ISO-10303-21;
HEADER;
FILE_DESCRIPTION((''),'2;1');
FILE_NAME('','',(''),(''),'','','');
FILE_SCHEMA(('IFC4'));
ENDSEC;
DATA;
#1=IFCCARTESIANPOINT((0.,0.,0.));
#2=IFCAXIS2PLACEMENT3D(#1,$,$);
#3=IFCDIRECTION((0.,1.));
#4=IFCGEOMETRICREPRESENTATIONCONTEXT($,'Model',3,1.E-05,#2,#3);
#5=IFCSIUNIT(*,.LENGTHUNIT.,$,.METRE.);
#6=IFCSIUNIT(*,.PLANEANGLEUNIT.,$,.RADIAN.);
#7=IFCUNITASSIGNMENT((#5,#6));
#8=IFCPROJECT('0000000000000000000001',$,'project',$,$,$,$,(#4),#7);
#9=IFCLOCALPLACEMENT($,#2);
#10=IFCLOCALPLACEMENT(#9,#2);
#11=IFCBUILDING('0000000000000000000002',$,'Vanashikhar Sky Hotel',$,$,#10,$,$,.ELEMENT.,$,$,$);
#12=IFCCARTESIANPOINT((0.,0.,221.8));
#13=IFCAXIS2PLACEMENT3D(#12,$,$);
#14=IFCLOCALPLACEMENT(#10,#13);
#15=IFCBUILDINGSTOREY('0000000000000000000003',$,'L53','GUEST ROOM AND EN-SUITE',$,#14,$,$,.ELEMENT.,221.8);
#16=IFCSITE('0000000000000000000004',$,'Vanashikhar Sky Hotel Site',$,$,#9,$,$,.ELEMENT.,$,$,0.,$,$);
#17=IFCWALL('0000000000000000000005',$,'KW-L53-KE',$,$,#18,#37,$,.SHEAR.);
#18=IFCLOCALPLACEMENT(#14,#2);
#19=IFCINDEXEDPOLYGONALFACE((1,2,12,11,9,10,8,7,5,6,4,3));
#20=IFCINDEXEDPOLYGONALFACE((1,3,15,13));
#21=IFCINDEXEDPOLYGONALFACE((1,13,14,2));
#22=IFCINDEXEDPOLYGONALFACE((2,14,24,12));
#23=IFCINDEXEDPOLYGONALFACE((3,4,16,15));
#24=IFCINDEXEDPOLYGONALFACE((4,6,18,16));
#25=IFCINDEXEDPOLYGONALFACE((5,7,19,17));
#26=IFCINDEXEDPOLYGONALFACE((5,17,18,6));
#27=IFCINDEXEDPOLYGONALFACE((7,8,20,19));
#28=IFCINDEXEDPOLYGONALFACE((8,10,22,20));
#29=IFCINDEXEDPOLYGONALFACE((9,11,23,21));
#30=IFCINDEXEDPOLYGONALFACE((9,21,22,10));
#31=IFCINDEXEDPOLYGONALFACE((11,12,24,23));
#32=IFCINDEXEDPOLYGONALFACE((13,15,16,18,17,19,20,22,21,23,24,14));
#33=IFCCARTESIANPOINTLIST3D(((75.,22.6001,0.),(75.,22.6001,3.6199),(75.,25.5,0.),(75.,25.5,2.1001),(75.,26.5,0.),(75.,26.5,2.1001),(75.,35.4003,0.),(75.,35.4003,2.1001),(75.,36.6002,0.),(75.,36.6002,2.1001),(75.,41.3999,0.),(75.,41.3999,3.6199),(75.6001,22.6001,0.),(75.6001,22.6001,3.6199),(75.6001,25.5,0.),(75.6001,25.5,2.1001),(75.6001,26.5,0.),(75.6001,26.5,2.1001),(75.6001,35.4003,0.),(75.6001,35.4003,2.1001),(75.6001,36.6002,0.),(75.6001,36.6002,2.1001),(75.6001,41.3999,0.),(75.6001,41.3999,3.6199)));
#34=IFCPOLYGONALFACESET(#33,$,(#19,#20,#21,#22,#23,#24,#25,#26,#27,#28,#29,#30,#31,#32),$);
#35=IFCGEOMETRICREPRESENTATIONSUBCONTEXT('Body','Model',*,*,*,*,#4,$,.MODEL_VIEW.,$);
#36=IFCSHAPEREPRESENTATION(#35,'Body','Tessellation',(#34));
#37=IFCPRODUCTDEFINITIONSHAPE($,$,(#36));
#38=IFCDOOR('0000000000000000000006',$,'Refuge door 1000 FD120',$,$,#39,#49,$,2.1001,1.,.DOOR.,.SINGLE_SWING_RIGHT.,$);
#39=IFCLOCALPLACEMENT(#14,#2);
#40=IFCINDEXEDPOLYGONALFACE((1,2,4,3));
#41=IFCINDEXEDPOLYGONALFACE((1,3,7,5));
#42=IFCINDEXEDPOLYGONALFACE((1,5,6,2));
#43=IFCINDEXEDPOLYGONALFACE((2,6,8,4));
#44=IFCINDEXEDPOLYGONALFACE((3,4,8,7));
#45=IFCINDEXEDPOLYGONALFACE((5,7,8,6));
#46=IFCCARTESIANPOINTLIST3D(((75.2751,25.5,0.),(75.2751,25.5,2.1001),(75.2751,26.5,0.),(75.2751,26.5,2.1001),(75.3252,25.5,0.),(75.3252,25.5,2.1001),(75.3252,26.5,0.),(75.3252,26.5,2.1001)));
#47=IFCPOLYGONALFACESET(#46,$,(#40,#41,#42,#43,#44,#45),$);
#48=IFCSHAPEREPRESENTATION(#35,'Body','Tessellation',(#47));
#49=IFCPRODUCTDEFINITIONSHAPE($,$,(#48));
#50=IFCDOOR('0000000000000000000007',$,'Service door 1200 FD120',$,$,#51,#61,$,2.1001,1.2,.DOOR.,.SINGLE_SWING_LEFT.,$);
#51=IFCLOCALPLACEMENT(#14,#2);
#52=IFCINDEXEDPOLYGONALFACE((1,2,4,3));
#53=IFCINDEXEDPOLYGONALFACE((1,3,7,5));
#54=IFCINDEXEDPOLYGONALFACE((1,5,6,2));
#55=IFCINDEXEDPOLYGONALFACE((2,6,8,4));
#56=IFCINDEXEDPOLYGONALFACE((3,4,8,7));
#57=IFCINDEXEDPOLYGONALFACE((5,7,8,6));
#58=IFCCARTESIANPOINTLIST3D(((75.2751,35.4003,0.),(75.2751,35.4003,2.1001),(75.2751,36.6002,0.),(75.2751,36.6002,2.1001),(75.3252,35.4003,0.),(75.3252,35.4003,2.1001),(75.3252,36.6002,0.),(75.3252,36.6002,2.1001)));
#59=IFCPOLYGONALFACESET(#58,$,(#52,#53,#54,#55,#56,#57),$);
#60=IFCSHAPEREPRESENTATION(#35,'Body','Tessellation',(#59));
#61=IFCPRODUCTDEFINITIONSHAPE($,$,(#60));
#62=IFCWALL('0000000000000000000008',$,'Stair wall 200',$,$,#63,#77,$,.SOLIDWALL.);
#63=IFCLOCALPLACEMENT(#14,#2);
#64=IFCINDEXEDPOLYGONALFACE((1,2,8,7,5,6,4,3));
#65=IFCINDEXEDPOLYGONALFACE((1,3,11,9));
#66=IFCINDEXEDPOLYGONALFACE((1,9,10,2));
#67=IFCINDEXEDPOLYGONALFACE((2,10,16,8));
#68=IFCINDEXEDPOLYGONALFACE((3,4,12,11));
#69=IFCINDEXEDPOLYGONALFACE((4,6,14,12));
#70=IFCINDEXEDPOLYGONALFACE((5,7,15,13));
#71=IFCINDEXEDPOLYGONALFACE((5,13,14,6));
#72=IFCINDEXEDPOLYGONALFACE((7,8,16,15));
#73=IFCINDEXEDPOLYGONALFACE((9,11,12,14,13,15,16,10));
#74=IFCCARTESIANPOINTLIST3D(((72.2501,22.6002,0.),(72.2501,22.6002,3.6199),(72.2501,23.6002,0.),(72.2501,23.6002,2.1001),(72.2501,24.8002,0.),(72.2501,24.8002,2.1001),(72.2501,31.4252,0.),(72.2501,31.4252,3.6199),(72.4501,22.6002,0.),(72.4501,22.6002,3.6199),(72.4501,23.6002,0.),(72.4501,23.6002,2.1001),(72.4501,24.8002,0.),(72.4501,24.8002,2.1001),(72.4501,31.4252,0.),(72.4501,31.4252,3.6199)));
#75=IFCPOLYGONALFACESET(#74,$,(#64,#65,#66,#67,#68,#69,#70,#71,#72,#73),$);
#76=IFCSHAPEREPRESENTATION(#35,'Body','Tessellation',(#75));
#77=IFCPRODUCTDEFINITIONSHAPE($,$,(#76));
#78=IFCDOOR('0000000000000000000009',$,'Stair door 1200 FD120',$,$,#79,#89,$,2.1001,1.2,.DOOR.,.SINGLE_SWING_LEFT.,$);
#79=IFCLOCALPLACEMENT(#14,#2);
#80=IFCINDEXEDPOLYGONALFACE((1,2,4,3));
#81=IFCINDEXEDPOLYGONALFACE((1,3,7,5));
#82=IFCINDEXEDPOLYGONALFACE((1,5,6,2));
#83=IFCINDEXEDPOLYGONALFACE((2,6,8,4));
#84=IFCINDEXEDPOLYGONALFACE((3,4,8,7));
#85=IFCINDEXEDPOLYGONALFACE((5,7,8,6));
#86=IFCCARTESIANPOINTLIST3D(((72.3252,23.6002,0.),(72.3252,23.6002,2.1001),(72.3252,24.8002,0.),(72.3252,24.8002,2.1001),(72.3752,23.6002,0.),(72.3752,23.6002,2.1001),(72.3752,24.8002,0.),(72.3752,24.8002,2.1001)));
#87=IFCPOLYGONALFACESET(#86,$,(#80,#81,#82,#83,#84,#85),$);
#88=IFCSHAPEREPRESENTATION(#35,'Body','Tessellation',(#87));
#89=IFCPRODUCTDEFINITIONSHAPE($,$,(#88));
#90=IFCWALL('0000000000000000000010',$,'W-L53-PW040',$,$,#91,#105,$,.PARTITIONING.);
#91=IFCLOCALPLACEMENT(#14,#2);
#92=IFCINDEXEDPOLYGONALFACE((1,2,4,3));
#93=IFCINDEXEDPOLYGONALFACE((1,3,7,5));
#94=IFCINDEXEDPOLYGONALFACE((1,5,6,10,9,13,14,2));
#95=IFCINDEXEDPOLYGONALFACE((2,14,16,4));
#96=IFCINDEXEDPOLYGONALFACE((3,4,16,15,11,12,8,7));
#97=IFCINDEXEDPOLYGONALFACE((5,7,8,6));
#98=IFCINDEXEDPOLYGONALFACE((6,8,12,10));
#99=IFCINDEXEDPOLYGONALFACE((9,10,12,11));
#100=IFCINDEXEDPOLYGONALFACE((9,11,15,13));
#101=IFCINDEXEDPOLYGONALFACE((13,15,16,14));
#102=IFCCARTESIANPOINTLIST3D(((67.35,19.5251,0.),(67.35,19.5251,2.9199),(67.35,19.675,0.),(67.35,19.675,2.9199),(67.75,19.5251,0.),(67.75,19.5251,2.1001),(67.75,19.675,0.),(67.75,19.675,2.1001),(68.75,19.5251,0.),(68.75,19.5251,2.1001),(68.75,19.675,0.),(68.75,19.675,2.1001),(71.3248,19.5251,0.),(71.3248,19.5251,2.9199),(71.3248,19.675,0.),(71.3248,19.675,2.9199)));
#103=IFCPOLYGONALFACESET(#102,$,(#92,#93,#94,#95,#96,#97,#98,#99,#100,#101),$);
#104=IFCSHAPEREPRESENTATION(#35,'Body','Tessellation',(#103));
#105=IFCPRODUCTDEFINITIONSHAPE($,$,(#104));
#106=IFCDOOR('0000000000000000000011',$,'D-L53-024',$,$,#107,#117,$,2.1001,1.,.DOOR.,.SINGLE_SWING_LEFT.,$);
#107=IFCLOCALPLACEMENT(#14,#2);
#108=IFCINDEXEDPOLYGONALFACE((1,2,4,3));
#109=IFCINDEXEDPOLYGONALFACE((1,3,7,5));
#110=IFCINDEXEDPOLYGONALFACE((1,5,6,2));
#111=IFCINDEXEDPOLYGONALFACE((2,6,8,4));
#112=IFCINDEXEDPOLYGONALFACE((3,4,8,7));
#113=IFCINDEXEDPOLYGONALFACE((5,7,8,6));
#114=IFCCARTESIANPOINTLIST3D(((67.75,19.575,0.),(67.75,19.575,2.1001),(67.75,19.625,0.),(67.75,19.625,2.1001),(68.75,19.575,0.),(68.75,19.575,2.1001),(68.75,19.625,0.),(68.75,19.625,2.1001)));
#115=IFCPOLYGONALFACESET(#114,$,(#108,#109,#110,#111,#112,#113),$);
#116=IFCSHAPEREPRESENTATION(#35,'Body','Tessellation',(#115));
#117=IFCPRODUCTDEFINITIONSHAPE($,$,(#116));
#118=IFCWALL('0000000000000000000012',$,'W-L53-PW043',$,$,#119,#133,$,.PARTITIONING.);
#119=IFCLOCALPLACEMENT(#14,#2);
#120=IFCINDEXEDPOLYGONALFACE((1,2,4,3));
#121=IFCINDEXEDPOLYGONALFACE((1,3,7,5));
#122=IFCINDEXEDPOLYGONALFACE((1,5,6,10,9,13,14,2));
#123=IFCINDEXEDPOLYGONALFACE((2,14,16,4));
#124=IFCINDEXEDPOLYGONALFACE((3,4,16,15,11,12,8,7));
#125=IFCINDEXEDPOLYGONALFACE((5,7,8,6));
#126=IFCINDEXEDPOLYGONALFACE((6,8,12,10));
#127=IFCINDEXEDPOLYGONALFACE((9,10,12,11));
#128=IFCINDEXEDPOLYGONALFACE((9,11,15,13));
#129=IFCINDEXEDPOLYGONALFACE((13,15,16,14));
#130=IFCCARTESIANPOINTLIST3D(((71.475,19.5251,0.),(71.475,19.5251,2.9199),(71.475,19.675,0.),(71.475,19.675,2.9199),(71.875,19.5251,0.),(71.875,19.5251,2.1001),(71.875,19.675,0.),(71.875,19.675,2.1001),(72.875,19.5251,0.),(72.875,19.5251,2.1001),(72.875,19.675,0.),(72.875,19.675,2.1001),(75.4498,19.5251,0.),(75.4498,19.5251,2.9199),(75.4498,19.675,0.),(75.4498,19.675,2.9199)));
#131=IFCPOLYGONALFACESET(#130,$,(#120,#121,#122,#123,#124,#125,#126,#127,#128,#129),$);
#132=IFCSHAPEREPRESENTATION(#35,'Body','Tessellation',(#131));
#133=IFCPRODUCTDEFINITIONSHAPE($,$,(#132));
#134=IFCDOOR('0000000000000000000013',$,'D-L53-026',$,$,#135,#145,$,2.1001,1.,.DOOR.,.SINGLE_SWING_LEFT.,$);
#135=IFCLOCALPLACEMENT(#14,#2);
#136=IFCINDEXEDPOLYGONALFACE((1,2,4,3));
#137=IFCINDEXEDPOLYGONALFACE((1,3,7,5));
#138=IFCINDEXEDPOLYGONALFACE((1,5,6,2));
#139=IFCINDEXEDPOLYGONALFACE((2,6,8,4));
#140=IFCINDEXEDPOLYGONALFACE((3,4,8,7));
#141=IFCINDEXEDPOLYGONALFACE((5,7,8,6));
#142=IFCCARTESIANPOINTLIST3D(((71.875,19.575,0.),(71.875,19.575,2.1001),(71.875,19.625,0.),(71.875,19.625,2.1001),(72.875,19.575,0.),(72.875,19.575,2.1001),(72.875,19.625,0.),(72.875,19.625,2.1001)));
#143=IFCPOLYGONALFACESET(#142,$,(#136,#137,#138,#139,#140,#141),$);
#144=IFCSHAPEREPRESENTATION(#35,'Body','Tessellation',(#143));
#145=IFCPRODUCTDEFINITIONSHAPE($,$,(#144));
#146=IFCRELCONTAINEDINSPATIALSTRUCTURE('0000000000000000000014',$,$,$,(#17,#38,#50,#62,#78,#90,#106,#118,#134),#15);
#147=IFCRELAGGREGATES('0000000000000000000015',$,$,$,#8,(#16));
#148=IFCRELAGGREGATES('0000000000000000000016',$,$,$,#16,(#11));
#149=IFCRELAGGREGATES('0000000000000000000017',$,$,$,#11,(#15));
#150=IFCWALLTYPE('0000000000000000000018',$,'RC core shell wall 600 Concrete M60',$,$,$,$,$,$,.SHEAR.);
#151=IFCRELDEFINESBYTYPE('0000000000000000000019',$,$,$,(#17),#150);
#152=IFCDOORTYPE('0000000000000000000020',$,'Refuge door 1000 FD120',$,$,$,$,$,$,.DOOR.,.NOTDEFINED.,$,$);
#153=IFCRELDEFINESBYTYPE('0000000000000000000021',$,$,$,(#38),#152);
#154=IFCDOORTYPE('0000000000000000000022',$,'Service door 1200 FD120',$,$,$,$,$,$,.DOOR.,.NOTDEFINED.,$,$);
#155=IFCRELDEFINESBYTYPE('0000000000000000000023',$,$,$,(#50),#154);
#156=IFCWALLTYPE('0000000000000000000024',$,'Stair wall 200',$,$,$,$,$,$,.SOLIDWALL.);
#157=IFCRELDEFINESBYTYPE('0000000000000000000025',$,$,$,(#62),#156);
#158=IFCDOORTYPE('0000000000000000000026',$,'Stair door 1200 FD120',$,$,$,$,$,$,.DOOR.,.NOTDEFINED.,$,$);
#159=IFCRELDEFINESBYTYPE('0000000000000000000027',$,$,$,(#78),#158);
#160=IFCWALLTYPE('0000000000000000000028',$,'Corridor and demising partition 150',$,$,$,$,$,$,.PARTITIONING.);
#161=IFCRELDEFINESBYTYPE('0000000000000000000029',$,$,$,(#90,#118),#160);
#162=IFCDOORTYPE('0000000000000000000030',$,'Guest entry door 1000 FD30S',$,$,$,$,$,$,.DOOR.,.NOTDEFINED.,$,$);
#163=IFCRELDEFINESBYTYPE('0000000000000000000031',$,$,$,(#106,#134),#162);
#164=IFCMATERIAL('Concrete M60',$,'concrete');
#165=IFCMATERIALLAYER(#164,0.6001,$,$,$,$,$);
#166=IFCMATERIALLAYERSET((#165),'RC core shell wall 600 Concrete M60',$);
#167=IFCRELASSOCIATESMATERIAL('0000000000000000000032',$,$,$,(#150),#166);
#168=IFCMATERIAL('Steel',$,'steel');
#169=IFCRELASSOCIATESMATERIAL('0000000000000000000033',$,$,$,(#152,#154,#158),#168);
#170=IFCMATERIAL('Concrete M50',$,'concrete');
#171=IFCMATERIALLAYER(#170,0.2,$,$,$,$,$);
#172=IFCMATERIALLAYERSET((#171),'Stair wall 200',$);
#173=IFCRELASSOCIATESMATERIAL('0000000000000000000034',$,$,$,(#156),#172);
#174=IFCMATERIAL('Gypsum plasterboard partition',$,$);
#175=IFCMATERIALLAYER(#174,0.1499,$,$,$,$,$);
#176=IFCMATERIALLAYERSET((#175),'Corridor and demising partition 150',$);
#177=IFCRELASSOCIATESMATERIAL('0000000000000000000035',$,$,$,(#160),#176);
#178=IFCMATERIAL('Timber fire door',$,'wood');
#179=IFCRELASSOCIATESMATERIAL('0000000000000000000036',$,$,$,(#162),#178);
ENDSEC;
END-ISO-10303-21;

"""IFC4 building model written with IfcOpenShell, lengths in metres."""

from ifc_helpers import new_model, si_unit, direction, frame, frame_2d, origin, place, context, subcontext, project, spatial, rectangle, extrude, source, transform, mapped, material, layer, layer_set, type_object, element, fill, save


model = new_model("IFC4")

# Units and contexts
model_context = context("Model", 3, precision=1e-05, world=origin(), true_north=direction((0.0, 1.0)))
body_context = subcontext(model_context, "Body", "Model", "MODEL_VIEW")
ifc_project = project(units=[si_unit("LENGTHUNIT", "METRE"), si_unit("PLANEANGLEUNIT", "RADIAN")], contexts=[model_context])

# Site, building, storey
site_placement = place(None, origin())
site = spatial("IfcSite", under=ifc_project, at=site_placement, Name="Vanashikhar Sky Hotel Site", CompositionType="ELEMENT", RefElevation=0.0)
building_placement = place(site_placement, origin())
building = spatial("IfcBuilding", under=site, at=building_placement, Name="Vanashikhar Sky Hotel", CompositionType="ELEMENT")
storey_placement = place(building_placement, frame((0.0, 0.0, 221.8)))
storey = spatial("IfcBuildingStorey", under=building, at=storey_placement, Name="L53", Description="GUEST ROOM AND EN-SUITE", CompositionType="ELEMENT", Elevation=221.8)

# Wall, openings, doors
ifc_material_1 = material(Name="Concrete M60", Category="concrete")
ifc_layer_1 = layer(ifc_material_1, 0.6001)
ifc_layer_set_1 = layer_set([ifc_layer_1], Name="RC core shell wall 600 Concrete M60")
wall_type_1 = type_object("IfcWallType", Name="RC core shell wall 600 Concrete M60", PredefinedType="SHEAR", material=ifc_layer_set_1)
shared_shape_1 = source(origin(), body_context, "Body", "SweptSolid", [
    extrude(rectangle(XDim=18.7998, YDim=0.6001, at=frame_2d((9.3999, 0.0))), origin(), (0.0, 0.0, 1.0), 3.6199),
])
wall_1_placement = place(storey_placement, frame((75.3, 22.6001, 0.0), z_axis=(0.0, 0.0, 1.0), x_axis=(0.0, 1.0, 0.0)))
wall_1 = element("IfcWall", 1, at=wall_1_placement, inside=storey, type_object=wall_type_1, Name="KW-L53-KE", PredefinedType="SHEAR", context=body_context, shape_type="MappedRepresentation", body=[
    mapped(shared_shape_1, transform((0.0, 0.0, 0.0), scale=1.0)),
])
shared_shape_2 = source(origin(), body_context, "Body", "SweptSolid", [
    extrude(rectangle(XDim=1.0, YDim=2.1001, at=frame_2d((0.5, 1.05))), frame((0.0, 0.3101, 0.0), z_axis=(0.0, -1.0, 0.0), x_axis=(1.0, 0.0, 0.0)), (0.0, 0.0, 1.0), 0.6201),
])
opening_1_placement = place(wall_1_placement, frame((2.8999, 0.0, 0.0)))
opening_1 = element("IfcOpeningElement", 2, at=opening_1_placement, cuts=wall_1, PredefinedType="OPENING", context=body_context, shape_type="MappedRepresentation", body=[
    mapped(shared_shape_2, transform((0.0, 0.0, 0.0), scale=1.0)),
])
shared_shape_3 = source(origin(), body_context, "Body", "SweptSolid", [
    extrude(rectangle(XDim=1.2, YDim=2.1001, at=frame_2d((0.6001, 1.05))), frame((0.0, 0.3101, 0.0), z_axis=(0.0, -1.0, 0.0), x_axis=(1.0, 0.0, 0.0)), (0.0, 0.0, 1.0), 0.6201),
])
opening_2_placement = place(wall_1_placement, frame((12.8, 0.0, 0.0)))
opening_2 = element("IfcOpeningElement", 3, at=opening_2_placement, cuts=wall_1, PredefinedType="OPENING", context=body_context, shape_type="MappedRepresentation", body=[
    mapped(shared_shape_3, transform((0.0, 0.0, 0.0), scale=1.0)),
])
ifc_material_2 = material(Name="Steel", Category="steel")
door_type_1 = type_object("IfcDoorType", Name="Refuge door 1000 FD120", OperationType="NOTDEFINED", PredefinedType="DOOR", material=ifc_material_2)
shared_shape_4 = source(origin(), body_context, "Body", "SweptSolid", [
    extrude(rectangle(XDim=1.0, YDim=2.1001, at=frame_2d((0.5, 1.05))), frame((0.0, 0.0249, 0.0), z_axis=(0.0, -1.0, 0.0), x_axis=(1.0, 0.0, 0.0)), (0.0, 0.0, 1.0), 0.05),
])
door_1_placement = place(opening_1_placement, origin())
door_1 = element("IfcDoor", 4, at=door_1_placement, inside=storey, type_object=door_type_1, Name="Refuge door 1000 FD120", OperationType="SINGLE_SWING_RIGHT", OverallHeight=2.1001, OverallWidth=1.0, PredefinedType="DOOR", context=body_context, shape_type="MappedRepresentation", body=[
    mapped(shared_shape_4, transform((0.0, 0.0, 0.0), scale=1.0)),
])
fill(opening_1, door_1)
door_type_2 = type_object("IfcDoorType", Name="Service door 1200 FD120", OperationType="NOTDEFINED", PredefinedType="DOOR", material=ifc_material_2)
shared_shape_5 = source(origin(), body_context, "Body", "SweptSolid", [
    extrude(rectangle(XDim=1.2, YDim=2.1001, at=frame_2d((0.6001, 1.05))), frame((0.0, 0.0249, 0.0), z_axis=(0.0, -1.0, 0.0), x_axis=(1.0, 0.0, 0.0)), (0.0, 0.0, 1.0), 0.05),
])
door_2_placement = place(opening_2_placement, origin())
door_2 = element("IfcDoor", 5, at=door_2_placement, inside=storey, type_object=door_type_2, Name="Service door 1200 FD120", OperationType="SINGLE_SWING_LEFT", OverallHeight=2.1001, OverallWidth=1.2, PredefinedType="DOOR", context=body_context, shape_type="MappedRepresentation", body=[
    mapped(shared_shape_5, transform((0.0, 0.0, 0.0), scale=1.0)),
])
fill(opening_2, door_2)

# Walls, openings, doors
ifc_material_3 = material(Name="Concrete M50", Category="concrete")
ifc_layer_2 = layer(ifc_material_3, 0.2)
ifc_layer_set_2 = layer_set([ifc_layer_2], Name="Stair wall 200")
wall_type_2 = type_object("IfcWallType", Name="Stair wall 200", PredefinedType="SOLIDWALL", material=ifc_layer_set_2)
shared_shape_6 = source(origin(), body_context, "Body", "SweptSolid", [
    extrude(rectangle(XDim=8.825, YDim=0.2, at=frame_2d((4.4126, 0.0))), origin(), (0.0, 0.0, 1.0), 3.6199),
])
wall_2_placement = place(storey_placement, frame((72.3501, 22.6001, 0.0), z_axis=(0.0, 0.0, 1.0), x_axis=(0.0, 1.0, 0.0)))
wall_2 = element("IfcWall", 6, at=wall_2_placement, inside=storey, type_object=wall_type_2, Name="Stair wall 200", PredefinedType="SOLIDWALL", context=body_context, shape_type="MappedRepresentation", body=[
    mapped(shared_shape_6, transform((0.0, 0.0, 0.0), scale=1.0)),
])
shared_shape_7 = source(origin(), body_context, "Body", "SweptSolid", [
    extrude(rectangle(XDim=1.2, YDim=2.1001, at=frame_2d((0.6001, 1.05))), frame((0.0, 0.1099, 0.0), z_axis=(0.0, -1.0, 0.0), x_axis=(1.0, 0.0, 0.0)), (0.0, 0.0, 1.0), 0.22),
])
opening_3_placement = place(wall_2_placement, frame((1.0, 0.0, 0.0)))
opening_3 = element("IfcOpeningElement", 7, at=opening_3_placement, cuts=wall_2, PredefinedType="OPENING", context=body_context, shape_type="MappedRepresentation", body=[
    mapped(shared_shape_7, transform((0.0, 0.0, 0.0), scale=1.0)),
])
door_type_3 = type_object("IfcDoorType", Name="Stair door 1200 FD120", OperationType="NOTDEFINED", PredefinedType="DOOR", material=ifc_material_2)
door_3_placement = place(opening_3_placement, origin())
door_3 = element("IfcDoor", 8, at=door_3_placement, inside=storey, type_object=door_type_3, Name="Stair door 1200 FD120", OperationType="SINGLE_SWING_LEFT", OverallHeight=2.1001, OverallWidth=1.2, PredefinedType="DOOR", context=body_context, shape_type="MappedRepresentation", body=[
    mapped(shared_shape_5, transform((0.0, 0.0, 0.0), scale=1.0)),
])
fill(opening_3, door_3)
ifc_material_4 = material(Name="Gypsum plasterboard partition")
ifc_layer_3 = layer(ifc_material_4, 0.1499)
ifc_layer_set_3 = layer_set([ifc_layer_3], Name="Corridor and demising partition 150")
wall_type_3 = type_object("IfcWallType", Name="Corridor and demising partition 150", PredefinedType="PARTITIONING", material=ifc_layer_set_3)
shared_shape_8 = source(origin(), body_context, "Body", "SweptSolid", [
    extrude(rectangle(XDim=3.9749, YDim=0.1499, at=frame_2d((1.9873, 0.0))), origin(), (0.0, 0.0, 1.0), 2.9199),
])
wall_3_placement = place(storey_placement, frame((67.3501, 19.6001, 0.0), z_axis=(0.0, 0.0, 1.0), x_axis=(1.0, 0.0, 0.0)))
wall_3 = element("IfcWall", 9, at=wall_3_placement, inside=storey, type_object=wall_type_3, Name="W-L53-PW040", PredefinedType="PARTITIONING", context=body_context, shape_type="MappedRepresentation", body=[
    mapped(shared_shape_8, transform((0.0, 0.0, 0.0), scale=1.0)),
])
shared_shape_9 = source(origin(), body_context, "Body", "SweptSolid", [
    extrude(rectangle(XDim=1.0, YDim=2.1001, at=frame_2d((0.5, 1.05))), frame((0.0, 0.085, 0.0), z_axis=(0.0, -1.0, 0.0), x_axis=(1.0, 0.0, 0.0)), (0.0, 0.0, 1.0), 0.1699),
])
opening_4_placement = place(wall_3_placement, frame((0.3999, 0.0, 0.0)))
opening_4 = element("IfcOpeningElement", 10, at=opening_4_placement, cuts=wall_3, PredefinedType="OPENING", context=body_context, shape_type="MappedRepresentation", body=[
    mapped(shared_shape_9, transform((0.0, 0.0, 0.0), scale=1.0)),
])
ifc_material_5 = material(Name="Timber fire door", Category="wood")
door_type_4 = type_object("IfcDoorType", Name="Guest entry door 1000 FD30S", OperationType="NOTDEFINED", PredefinedType="DOOR", material=ifc_material_5)
door_4_placement = place(opening_4_placement, origin())
door_4 = element("IfcDoor", 11, at=door_4_placement, inside=storey, type_object=door_type_4, Name="D-L53-024", OperationType="SINGLE_SWING_LEFT", OverallHeight=2.1001, OverallWidth=1.0, PredefinedType="DOOR", context=body_context, shape_type="MappedRepresentation", body=[
    mapped(shared_shape_4, transform((0.0, 0.0, 0.0), scale=1.0)),
])
fill(opening_4, door_4)
wall_4_placement = place(storey_placement, frame((71.4751, 19.6001, 0.0), z_axis=(0.0, 0.0, 1.0), x_axis=(1.0, 0.0, 0.0)))
wall_4 = element("IfcWall", 12, at=wall_4_placement, inside=storey, type_object=wall_type_3, Name="W-L53-PW043", PredefinedType="PARTITIONING", context=body_context, shape_type="MappedRepresentation", body=[
    mapped(shared_shape_8, transform((0.0, 0.0, 0.0), scale=1.0)),
])
opening_5_placement = place(wall_4_placement, frame((0.3999, 0.0, 0.0)))
opening_5 = element("IfcOpeningElement", 13, at=opening_5_placement, cuts=wall_4, PredefinedType="OPENING", context=body_context, shape_type="MappedRepresentation", body=[
    mapped(shared_shape_9, transform((0.0, 0.0, 0.0), scale=1.0)),
])
door_5_placement = place(opening_5_placement, origin())
door_5 = element("IfcDoor", 14, at=door_5_placement, inside=storey, type_object=door_type_4, Name="D-L53-026", OperationType="SINGLE_SWING_LEFT", OverallHeight=2.1001, OverallWidth=1.0, PredefinedType="DOOR", context=body_context, shape_type="MappedRepresentation", body=[
    mapped(shared_shape_4, transform((0.0, 0.0, 0.0), scale=1.0)),
])
fill(opening_5, door_5)

save(model, "model.ifc")
